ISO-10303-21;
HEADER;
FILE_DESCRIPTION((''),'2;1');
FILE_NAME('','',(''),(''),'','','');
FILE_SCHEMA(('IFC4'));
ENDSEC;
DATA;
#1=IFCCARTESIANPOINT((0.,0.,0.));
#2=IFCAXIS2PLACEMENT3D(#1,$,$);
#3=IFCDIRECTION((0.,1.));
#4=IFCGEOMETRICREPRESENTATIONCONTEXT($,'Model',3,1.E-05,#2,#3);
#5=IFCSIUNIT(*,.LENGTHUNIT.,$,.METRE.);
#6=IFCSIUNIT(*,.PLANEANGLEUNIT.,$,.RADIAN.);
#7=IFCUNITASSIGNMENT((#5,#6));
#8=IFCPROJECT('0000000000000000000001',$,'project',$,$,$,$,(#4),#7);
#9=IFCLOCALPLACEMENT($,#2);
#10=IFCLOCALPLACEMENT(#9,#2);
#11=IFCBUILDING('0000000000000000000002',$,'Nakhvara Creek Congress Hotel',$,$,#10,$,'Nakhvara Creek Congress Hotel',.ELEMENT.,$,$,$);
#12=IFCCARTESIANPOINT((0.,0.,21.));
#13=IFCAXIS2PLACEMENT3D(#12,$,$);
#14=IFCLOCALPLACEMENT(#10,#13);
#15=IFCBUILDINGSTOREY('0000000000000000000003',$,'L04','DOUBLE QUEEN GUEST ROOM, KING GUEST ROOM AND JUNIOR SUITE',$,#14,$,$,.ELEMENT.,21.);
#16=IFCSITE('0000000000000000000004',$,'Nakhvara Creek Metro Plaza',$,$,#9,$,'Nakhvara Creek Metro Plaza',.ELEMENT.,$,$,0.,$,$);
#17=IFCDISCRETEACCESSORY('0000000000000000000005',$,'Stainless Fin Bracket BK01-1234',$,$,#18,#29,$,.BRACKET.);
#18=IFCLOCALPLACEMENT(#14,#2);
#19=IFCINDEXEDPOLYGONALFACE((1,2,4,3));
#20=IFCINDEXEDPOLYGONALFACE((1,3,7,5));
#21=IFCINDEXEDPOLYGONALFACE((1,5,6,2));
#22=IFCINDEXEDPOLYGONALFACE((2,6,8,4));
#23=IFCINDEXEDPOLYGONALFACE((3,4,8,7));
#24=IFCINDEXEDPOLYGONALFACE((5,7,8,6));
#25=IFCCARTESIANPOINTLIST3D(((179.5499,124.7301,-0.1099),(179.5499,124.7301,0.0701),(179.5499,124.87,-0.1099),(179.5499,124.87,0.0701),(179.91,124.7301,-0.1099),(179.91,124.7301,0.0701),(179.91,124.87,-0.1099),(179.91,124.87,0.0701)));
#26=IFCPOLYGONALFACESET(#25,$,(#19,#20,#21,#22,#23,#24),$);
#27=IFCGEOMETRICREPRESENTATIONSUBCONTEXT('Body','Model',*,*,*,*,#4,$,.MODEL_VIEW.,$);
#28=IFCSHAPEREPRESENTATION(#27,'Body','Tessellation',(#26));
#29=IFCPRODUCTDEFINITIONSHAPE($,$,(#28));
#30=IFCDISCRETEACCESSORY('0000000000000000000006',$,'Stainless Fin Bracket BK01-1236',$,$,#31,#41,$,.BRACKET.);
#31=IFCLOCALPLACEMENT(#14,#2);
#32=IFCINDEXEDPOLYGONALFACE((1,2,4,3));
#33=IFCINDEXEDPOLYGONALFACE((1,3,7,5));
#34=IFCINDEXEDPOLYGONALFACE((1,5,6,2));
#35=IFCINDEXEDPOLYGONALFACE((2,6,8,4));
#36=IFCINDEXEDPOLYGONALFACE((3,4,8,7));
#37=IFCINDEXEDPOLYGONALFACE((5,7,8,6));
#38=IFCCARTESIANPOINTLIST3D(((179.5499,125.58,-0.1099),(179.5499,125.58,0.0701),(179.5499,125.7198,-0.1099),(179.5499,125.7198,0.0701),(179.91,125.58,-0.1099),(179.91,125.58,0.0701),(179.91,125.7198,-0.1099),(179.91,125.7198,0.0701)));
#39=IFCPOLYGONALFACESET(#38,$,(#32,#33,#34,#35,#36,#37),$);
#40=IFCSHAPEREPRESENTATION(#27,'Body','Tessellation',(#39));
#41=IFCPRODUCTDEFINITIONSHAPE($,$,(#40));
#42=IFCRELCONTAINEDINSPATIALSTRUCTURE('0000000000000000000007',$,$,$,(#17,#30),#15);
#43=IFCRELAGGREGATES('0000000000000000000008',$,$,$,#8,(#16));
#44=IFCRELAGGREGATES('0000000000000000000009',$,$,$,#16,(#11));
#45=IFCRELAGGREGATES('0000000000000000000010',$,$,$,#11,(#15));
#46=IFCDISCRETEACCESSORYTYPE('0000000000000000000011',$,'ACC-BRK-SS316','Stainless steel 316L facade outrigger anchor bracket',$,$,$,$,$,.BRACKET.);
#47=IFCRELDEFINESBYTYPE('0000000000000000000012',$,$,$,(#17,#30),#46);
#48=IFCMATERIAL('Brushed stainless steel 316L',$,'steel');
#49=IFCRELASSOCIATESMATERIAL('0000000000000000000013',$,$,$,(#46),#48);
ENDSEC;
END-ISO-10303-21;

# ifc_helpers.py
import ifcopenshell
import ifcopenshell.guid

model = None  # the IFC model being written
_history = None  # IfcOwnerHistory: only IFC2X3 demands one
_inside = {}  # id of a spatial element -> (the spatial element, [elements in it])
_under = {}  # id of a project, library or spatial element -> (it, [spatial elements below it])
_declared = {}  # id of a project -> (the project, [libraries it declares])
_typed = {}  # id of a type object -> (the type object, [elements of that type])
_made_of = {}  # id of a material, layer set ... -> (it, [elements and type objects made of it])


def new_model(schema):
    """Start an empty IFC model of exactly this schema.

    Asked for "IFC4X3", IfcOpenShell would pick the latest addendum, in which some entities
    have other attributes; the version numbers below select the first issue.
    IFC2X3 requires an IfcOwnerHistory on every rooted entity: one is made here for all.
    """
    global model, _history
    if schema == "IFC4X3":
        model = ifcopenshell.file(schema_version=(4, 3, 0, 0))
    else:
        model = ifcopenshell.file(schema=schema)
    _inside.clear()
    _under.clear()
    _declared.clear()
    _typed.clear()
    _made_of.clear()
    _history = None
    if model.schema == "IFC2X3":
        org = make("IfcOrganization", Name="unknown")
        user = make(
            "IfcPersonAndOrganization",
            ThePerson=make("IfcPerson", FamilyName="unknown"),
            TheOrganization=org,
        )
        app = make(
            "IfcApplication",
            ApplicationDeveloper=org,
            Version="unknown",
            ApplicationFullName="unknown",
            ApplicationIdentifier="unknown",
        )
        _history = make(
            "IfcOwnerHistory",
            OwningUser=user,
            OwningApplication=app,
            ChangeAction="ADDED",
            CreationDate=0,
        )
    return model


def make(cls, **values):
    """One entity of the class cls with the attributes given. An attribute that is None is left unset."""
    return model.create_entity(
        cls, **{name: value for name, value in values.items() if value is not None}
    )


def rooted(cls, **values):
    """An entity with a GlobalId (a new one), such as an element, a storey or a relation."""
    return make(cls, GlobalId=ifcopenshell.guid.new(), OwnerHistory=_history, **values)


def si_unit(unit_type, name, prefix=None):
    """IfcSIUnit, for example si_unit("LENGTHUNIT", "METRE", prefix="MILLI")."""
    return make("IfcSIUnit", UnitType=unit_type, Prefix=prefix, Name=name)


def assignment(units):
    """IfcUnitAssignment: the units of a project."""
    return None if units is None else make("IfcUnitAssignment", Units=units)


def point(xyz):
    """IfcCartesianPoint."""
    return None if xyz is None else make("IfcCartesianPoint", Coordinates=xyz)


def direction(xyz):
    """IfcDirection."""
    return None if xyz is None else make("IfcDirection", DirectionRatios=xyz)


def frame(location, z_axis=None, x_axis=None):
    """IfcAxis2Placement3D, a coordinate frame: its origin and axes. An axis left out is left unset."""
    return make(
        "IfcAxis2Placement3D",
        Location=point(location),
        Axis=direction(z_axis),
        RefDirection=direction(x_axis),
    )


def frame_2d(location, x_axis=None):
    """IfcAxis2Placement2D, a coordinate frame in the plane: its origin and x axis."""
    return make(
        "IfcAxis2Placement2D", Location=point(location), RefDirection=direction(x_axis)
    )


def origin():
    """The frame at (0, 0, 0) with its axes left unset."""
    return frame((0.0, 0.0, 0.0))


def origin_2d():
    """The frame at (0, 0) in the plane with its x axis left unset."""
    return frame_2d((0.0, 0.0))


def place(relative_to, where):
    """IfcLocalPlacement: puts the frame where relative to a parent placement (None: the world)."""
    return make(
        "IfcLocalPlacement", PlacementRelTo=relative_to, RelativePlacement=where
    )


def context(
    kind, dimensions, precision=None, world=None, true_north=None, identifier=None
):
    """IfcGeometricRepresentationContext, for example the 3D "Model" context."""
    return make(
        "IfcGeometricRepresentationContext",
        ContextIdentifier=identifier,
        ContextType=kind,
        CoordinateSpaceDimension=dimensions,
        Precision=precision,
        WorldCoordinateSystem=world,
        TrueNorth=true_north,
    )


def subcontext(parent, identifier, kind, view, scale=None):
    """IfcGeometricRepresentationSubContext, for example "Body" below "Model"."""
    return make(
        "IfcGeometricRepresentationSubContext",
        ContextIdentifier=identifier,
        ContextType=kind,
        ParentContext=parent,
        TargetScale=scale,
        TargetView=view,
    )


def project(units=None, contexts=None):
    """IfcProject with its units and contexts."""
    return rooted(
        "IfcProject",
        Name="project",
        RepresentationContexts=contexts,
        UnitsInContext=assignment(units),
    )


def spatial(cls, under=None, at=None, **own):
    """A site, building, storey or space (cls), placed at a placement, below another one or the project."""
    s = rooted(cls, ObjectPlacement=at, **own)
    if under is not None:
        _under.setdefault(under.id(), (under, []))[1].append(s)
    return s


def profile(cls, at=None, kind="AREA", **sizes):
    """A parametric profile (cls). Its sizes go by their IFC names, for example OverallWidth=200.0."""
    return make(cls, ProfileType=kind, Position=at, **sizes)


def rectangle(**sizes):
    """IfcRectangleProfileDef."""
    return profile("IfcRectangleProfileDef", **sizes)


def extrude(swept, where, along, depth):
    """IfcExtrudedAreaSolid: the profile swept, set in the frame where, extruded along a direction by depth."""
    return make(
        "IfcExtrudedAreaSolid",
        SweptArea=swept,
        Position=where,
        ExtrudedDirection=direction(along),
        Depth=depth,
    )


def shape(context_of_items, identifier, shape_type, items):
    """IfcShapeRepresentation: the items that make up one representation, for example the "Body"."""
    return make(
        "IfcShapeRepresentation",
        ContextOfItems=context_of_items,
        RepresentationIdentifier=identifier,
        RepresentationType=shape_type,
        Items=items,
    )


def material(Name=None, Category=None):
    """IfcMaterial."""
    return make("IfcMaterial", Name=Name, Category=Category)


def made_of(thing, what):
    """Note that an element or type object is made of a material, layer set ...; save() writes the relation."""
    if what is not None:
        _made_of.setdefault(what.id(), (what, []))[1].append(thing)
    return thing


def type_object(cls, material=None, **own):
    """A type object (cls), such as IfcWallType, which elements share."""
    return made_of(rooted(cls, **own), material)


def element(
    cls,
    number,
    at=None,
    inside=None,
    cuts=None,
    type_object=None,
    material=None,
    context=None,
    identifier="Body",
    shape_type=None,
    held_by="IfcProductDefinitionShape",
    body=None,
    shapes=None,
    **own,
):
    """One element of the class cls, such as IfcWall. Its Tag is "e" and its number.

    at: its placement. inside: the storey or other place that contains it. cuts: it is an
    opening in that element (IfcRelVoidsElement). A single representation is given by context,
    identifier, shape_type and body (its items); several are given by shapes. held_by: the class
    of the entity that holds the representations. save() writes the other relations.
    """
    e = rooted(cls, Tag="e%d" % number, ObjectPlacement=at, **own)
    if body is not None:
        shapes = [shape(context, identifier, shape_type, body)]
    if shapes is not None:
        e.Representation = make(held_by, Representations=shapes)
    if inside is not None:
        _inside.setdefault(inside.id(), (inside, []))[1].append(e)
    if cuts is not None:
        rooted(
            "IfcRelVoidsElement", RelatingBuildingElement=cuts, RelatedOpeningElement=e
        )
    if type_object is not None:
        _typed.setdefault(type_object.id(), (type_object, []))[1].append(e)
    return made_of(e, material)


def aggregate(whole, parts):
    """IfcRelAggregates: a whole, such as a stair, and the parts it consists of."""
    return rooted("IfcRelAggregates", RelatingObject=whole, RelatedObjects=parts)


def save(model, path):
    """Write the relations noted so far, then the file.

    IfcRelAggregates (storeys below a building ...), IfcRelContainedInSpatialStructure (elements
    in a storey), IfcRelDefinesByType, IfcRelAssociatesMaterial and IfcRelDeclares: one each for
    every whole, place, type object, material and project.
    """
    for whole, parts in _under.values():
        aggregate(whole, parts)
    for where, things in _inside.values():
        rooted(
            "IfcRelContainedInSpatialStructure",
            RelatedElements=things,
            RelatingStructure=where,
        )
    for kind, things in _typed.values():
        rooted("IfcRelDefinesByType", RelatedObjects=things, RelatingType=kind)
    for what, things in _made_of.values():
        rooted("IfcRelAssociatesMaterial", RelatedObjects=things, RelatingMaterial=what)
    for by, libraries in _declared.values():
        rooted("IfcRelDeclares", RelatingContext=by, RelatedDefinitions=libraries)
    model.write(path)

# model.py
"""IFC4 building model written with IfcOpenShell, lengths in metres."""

from ifc_helpers import new_model, si_unit, direction, frame, origin, origin_2d, place, context, subcontext, project, spatial, rectangle, extrude, material, type_object, element, save


model = new_model("IFC4")

# Units and contexts
model_context = context("Model", 3, precision=1e-05, world=origin(), true_north=direction((0.0, 1.0)))
body_context = subcontext(model_context, "Body", "Model", "MODEL_VIEW")
ifc_project = project(units=[si_unit("LENGTHUNIT", "METRE"), si_unit("PLANEANGLEUNIT", "RADIAN")], contexts=[model_context])

# Site, building, storey
site_placement = place(None, origin())
site = spatial("IfcSite", under=ifc_project, at=site_placement, Name="Nakhvara Creek Metro Plaza", LongName="Nakhvara Creek Metro Plaza", CompositionType="ELEMENT", RefElevation=0.0)
building_placement = place(site_placement, origin())
building = spatial("IfcBuilding", under=site, at=building_placement, Name="Nakhvara Creek Congress Hotel", LongName="Nakhvara Creek Congress Hotel", CompositionType="ELEMENT")
storey_placement = place(building_placement, frame((0.0, 0.0, 21.0)))
storey = spatial("IfcBuildingStorey", under=building, at=storey_placement, Name="L04", Description="DOUBLE QUEEN GUEST ROOM, KING GUEST ROOM AND JUNIOR SUITE", CompositionType="ELEMENT", Elevation=21.0)

# Discrete accessories
ifc_material_1 = material(Name="Brushed stainless steel 316L", Category="steel")
discrete_accessory_type = type_object("IfcDiscreteAccessoryType", Name="ACC-BRK-SS316", Description="Stainless steel 316L facade outrigger anchor bracket", PredefinedType="BRACKET", material=ifc_material_1)
for number, where, z_axis, x_axis, name in (
    (1, (179.73, 124.8, -0.1099), (0.0, 0.0, 1.0), (0.0, 1.0, 0.0), "Stainless Fin Bracket BK01-1234"),
    (2, (179.73, 125.6499, -0.1099), (0.0, 0.0, 1.0), (0.0, 1.0, 0.0), "Stainless Fin Bracket BK01-1236"),
):
    element("IfcDiscreteAccessory", number, at=place(storey_placement, frame(where, z_axis=z_axis, x_axis=x_axis)), inside=storey, type_object=discrete_accessory_type, Name=name, PredefinedType="BRACKET", context=body_context, shape_type="SweptSolid", body=[
        extrude(rectangle(XDim=0.1399, YDim=0.3601, at=origin_2d()), origin(), (0.0, 0.0, 1.0), 0.1799),
    ])

save(model, "model.ifc")
